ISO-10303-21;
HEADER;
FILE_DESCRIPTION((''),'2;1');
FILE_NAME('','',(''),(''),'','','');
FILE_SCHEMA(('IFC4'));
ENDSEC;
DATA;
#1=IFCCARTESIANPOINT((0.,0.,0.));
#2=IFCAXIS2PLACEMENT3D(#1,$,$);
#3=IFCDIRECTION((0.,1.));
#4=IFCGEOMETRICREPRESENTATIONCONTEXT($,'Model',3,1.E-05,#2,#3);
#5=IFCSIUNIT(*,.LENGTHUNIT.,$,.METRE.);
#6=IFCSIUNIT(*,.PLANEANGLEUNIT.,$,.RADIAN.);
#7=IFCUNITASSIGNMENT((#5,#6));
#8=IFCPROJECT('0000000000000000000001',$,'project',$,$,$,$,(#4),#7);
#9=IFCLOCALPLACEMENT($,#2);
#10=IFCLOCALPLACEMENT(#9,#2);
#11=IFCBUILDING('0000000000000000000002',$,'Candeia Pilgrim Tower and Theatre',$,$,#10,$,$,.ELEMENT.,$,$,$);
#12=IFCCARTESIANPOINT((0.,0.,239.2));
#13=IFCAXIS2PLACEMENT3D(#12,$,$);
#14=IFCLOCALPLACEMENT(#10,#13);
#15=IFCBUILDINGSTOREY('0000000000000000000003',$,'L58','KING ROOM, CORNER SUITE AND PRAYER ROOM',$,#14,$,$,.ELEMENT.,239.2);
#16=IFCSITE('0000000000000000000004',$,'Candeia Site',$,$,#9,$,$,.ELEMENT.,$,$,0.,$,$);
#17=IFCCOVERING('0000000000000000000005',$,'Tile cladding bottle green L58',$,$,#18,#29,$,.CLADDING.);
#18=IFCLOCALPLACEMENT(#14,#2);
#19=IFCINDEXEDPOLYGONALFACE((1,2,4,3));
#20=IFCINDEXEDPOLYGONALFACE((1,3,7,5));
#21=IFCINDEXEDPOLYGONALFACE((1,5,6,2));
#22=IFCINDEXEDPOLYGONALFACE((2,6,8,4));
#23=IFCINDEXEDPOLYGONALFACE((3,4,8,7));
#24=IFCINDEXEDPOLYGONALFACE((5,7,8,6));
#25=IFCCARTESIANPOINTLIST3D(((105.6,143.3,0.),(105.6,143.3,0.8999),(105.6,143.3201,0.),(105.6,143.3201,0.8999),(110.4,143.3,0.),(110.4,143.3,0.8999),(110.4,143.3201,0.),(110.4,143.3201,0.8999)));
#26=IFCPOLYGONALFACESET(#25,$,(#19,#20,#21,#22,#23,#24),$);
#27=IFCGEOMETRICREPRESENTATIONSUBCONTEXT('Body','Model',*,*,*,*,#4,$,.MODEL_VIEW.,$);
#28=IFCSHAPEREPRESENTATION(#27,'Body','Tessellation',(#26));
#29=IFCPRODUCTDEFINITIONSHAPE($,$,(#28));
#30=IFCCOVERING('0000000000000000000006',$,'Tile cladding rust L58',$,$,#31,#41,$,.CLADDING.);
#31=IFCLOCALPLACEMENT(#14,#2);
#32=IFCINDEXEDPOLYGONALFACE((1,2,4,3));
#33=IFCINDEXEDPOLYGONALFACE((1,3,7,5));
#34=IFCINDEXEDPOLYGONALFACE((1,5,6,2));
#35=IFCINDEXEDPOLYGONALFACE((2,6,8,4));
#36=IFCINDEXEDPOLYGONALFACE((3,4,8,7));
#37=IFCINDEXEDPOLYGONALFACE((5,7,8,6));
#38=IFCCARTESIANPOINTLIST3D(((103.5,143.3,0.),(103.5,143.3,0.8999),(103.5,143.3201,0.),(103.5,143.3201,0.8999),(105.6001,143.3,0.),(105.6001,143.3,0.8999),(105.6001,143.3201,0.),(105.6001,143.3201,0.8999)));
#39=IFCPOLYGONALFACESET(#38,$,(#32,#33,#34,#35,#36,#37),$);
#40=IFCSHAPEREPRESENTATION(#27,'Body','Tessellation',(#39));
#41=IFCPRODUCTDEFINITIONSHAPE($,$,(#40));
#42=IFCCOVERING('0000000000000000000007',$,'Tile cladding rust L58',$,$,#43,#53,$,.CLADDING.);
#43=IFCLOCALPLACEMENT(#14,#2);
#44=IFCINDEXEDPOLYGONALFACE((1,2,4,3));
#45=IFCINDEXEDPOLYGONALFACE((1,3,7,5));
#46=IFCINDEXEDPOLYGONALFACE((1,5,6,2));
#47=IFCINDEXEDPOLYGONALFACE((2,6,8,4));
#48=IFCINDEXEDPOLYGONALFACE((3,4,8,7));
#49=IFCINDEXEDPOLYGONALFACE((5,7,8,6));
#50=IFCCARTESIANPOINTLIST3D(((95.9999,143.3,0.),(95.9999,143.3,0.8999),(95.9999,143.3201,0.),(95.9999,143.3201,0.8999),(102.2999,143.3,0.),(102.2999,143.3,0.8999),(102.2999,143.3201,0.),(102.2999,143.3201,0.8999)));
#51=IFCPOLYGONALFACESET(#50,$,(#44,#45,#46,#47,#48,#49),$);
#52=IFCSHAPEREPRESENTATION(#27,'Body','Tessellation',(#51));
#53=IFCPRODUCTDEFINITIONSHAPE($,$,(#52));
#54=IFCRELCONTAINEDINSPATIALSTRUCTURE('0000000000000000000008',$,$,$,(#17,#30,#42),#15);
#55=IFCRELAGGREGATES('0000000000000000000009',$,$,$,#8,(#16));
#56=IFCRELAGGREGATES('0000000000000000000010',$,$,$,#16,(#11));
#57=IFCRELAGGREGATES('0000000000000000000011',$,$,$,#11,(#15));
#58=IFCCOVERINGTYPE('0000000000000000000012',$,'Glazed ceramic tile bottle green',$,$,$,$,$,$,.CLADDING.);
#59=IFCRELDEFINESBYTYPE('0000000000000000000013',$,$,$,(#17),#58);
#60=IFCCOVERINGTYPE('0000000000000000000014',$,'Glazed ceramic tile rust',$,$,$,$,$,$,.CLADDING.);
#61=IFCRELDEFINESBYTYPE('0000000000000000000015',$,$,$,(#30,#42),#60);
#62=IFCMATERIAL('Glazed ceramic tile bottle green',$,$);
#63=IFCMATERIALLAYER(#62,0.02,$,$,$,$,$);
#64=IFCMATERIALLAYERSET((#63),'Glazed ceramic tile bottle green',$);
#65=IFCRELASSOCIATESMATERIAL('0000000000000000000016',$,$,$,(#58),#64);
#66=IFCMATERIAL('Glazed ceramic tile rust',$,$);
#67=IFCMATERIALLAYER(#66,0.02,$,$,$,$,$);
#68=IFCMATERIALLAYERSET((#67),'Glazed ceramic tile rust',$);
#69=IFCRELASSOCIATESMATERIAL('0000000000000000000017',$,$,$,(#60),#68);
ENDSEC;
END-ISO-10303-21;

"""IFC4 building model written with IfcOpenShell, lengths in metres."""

from ifc_helpers import new_model, si_unit, direction, frame, origin, origin_2d, place, context, subcontext, project, spatial, rectangle, extrude, material, layer, layer_set, type_object, element, save


model = new_model("IFC4")

# Units and contexts
model_context = context("Model", 3, precision=1e-05, world=origin(), true_north=direction((0.0, 1.0)))
body_context = subcontext(model_context, "Body", "Model", "MODEL_VIEW")
ifc_project = project(units=[si_unit("LENGTHUNIT", "METRE"), si_unit("PLANEANGLEUNIT", "RADIAN")], contexts=[model_context])

# Site, building, storey
site_placement = place(None, origin())
site = spatial("IfcSite", under=ifc_project, at=site_placement, Name="Candeia Site", CompositionType="ELEMENT", RefElevation=0.0)
building_placement = place(site_placement, origin())
building = spatial("IfcBuilding", under=site, at=building_placement, Name="Candeia Pilgrim Tower and Theatre", CompositionType="ELEMENT")
storey_placement = place(building_placement, frame((0.0, 0.0, 239.2)))
storey = spatial("IfcBuildingStorey", under=building, at=storey_placement, Name="L58", Description="KING ROOM, CORNER SUITE AND PRAYER ROOM", CompositionType="ELEMENT", Elevation=239.2)

# Coverings
ifc_material_1 = material(Name="Glazed ceramic tile bottle green")
ifc_layer_1 = layer(ifc_material_1, 0.02)
ifc_layer_set_1 = layer_set([ifc_layer_1], Name="Glazed ceramic tile bottle green")
covering_type_1 = type_object("IfcCoveringType", Name="Glazed ceramic tile bottle green", PredefinedType="CLADDING", material=ifc_layer_set_1)
covering_1_placement = place(storey_placement, frame((108.0, 143.3101, 0.0), z_axis=(0.0, 0.0, 1.0), x_axis=(-1.0, 0.0, 0.0)))
element("IfcCovering", 1, at=covering_1_placement, inside=storey, type_object=covering_type_1, Name="Tile cladding bottle green L58", PredefinedType="CLADDING", context=body_context, shape_type="SweptSolid", body=[
    extrude(rectangle(XDim=4.8, YDim=0.02, at=origin_2d()), origin(), (0.0, 0.0, 1.0), 0.8999),
])
ifc_material_2 = material(Name="Glazed ceramic tile rust")
ifc_layer_2 = layer(ifc_material_2, 0.02)
ifc_layer_set_2 = layer_set([ifc_layer_2], Name="Glazed ceramic tile rust")
covering_type_2 = type_object("IfcCoveringType", Name="Glazed ceramic tile rust", PredefinedType="CLADDING", material=ifc_layer_set_2)
covering_2_placement = place(storey_placement, frame((104.55, 143.3101, 0.0), z_axis=(0.0, 0.0, 1.0), x_axis=(-1.0, 0.0, 0.0)))
element("IfcCovering", 2, at=covering_2_placement, inside=storey, type_object=covering_type_2, Name="Tile cladding rust L58", PredefinedType="CLADDING", context=body_context, shape_type="SweptSolid", body=[
    extrude(rectangle(XDim=2.1001, YDim=0.02, at=origin_2d()), origin(), (0.0, 0.0, 1.0), 0.8999),
])
covering_3_placement = place(storey_placement, frame((99.1499, 143.3101, 0.0), z_axis=(0.0, 0.0, 1.0), x_axis=(-1.0, 0.0, 0.0)))
element("IfcCovering", 3, at=covering_3_placement, inside=storey, type_object=covering_type_2, Name="Tile cladding rust L58", PredefinedType="CLADDING", context=body_context, shape_type="SweptSolid", body=[
    extrude(rectangle(XDim=6.3, YDim=0.02, at=origin_2d()), origin(), (0.0, 0.0, 1.0), 0.8999),
])

save(model, "model.ifc")
